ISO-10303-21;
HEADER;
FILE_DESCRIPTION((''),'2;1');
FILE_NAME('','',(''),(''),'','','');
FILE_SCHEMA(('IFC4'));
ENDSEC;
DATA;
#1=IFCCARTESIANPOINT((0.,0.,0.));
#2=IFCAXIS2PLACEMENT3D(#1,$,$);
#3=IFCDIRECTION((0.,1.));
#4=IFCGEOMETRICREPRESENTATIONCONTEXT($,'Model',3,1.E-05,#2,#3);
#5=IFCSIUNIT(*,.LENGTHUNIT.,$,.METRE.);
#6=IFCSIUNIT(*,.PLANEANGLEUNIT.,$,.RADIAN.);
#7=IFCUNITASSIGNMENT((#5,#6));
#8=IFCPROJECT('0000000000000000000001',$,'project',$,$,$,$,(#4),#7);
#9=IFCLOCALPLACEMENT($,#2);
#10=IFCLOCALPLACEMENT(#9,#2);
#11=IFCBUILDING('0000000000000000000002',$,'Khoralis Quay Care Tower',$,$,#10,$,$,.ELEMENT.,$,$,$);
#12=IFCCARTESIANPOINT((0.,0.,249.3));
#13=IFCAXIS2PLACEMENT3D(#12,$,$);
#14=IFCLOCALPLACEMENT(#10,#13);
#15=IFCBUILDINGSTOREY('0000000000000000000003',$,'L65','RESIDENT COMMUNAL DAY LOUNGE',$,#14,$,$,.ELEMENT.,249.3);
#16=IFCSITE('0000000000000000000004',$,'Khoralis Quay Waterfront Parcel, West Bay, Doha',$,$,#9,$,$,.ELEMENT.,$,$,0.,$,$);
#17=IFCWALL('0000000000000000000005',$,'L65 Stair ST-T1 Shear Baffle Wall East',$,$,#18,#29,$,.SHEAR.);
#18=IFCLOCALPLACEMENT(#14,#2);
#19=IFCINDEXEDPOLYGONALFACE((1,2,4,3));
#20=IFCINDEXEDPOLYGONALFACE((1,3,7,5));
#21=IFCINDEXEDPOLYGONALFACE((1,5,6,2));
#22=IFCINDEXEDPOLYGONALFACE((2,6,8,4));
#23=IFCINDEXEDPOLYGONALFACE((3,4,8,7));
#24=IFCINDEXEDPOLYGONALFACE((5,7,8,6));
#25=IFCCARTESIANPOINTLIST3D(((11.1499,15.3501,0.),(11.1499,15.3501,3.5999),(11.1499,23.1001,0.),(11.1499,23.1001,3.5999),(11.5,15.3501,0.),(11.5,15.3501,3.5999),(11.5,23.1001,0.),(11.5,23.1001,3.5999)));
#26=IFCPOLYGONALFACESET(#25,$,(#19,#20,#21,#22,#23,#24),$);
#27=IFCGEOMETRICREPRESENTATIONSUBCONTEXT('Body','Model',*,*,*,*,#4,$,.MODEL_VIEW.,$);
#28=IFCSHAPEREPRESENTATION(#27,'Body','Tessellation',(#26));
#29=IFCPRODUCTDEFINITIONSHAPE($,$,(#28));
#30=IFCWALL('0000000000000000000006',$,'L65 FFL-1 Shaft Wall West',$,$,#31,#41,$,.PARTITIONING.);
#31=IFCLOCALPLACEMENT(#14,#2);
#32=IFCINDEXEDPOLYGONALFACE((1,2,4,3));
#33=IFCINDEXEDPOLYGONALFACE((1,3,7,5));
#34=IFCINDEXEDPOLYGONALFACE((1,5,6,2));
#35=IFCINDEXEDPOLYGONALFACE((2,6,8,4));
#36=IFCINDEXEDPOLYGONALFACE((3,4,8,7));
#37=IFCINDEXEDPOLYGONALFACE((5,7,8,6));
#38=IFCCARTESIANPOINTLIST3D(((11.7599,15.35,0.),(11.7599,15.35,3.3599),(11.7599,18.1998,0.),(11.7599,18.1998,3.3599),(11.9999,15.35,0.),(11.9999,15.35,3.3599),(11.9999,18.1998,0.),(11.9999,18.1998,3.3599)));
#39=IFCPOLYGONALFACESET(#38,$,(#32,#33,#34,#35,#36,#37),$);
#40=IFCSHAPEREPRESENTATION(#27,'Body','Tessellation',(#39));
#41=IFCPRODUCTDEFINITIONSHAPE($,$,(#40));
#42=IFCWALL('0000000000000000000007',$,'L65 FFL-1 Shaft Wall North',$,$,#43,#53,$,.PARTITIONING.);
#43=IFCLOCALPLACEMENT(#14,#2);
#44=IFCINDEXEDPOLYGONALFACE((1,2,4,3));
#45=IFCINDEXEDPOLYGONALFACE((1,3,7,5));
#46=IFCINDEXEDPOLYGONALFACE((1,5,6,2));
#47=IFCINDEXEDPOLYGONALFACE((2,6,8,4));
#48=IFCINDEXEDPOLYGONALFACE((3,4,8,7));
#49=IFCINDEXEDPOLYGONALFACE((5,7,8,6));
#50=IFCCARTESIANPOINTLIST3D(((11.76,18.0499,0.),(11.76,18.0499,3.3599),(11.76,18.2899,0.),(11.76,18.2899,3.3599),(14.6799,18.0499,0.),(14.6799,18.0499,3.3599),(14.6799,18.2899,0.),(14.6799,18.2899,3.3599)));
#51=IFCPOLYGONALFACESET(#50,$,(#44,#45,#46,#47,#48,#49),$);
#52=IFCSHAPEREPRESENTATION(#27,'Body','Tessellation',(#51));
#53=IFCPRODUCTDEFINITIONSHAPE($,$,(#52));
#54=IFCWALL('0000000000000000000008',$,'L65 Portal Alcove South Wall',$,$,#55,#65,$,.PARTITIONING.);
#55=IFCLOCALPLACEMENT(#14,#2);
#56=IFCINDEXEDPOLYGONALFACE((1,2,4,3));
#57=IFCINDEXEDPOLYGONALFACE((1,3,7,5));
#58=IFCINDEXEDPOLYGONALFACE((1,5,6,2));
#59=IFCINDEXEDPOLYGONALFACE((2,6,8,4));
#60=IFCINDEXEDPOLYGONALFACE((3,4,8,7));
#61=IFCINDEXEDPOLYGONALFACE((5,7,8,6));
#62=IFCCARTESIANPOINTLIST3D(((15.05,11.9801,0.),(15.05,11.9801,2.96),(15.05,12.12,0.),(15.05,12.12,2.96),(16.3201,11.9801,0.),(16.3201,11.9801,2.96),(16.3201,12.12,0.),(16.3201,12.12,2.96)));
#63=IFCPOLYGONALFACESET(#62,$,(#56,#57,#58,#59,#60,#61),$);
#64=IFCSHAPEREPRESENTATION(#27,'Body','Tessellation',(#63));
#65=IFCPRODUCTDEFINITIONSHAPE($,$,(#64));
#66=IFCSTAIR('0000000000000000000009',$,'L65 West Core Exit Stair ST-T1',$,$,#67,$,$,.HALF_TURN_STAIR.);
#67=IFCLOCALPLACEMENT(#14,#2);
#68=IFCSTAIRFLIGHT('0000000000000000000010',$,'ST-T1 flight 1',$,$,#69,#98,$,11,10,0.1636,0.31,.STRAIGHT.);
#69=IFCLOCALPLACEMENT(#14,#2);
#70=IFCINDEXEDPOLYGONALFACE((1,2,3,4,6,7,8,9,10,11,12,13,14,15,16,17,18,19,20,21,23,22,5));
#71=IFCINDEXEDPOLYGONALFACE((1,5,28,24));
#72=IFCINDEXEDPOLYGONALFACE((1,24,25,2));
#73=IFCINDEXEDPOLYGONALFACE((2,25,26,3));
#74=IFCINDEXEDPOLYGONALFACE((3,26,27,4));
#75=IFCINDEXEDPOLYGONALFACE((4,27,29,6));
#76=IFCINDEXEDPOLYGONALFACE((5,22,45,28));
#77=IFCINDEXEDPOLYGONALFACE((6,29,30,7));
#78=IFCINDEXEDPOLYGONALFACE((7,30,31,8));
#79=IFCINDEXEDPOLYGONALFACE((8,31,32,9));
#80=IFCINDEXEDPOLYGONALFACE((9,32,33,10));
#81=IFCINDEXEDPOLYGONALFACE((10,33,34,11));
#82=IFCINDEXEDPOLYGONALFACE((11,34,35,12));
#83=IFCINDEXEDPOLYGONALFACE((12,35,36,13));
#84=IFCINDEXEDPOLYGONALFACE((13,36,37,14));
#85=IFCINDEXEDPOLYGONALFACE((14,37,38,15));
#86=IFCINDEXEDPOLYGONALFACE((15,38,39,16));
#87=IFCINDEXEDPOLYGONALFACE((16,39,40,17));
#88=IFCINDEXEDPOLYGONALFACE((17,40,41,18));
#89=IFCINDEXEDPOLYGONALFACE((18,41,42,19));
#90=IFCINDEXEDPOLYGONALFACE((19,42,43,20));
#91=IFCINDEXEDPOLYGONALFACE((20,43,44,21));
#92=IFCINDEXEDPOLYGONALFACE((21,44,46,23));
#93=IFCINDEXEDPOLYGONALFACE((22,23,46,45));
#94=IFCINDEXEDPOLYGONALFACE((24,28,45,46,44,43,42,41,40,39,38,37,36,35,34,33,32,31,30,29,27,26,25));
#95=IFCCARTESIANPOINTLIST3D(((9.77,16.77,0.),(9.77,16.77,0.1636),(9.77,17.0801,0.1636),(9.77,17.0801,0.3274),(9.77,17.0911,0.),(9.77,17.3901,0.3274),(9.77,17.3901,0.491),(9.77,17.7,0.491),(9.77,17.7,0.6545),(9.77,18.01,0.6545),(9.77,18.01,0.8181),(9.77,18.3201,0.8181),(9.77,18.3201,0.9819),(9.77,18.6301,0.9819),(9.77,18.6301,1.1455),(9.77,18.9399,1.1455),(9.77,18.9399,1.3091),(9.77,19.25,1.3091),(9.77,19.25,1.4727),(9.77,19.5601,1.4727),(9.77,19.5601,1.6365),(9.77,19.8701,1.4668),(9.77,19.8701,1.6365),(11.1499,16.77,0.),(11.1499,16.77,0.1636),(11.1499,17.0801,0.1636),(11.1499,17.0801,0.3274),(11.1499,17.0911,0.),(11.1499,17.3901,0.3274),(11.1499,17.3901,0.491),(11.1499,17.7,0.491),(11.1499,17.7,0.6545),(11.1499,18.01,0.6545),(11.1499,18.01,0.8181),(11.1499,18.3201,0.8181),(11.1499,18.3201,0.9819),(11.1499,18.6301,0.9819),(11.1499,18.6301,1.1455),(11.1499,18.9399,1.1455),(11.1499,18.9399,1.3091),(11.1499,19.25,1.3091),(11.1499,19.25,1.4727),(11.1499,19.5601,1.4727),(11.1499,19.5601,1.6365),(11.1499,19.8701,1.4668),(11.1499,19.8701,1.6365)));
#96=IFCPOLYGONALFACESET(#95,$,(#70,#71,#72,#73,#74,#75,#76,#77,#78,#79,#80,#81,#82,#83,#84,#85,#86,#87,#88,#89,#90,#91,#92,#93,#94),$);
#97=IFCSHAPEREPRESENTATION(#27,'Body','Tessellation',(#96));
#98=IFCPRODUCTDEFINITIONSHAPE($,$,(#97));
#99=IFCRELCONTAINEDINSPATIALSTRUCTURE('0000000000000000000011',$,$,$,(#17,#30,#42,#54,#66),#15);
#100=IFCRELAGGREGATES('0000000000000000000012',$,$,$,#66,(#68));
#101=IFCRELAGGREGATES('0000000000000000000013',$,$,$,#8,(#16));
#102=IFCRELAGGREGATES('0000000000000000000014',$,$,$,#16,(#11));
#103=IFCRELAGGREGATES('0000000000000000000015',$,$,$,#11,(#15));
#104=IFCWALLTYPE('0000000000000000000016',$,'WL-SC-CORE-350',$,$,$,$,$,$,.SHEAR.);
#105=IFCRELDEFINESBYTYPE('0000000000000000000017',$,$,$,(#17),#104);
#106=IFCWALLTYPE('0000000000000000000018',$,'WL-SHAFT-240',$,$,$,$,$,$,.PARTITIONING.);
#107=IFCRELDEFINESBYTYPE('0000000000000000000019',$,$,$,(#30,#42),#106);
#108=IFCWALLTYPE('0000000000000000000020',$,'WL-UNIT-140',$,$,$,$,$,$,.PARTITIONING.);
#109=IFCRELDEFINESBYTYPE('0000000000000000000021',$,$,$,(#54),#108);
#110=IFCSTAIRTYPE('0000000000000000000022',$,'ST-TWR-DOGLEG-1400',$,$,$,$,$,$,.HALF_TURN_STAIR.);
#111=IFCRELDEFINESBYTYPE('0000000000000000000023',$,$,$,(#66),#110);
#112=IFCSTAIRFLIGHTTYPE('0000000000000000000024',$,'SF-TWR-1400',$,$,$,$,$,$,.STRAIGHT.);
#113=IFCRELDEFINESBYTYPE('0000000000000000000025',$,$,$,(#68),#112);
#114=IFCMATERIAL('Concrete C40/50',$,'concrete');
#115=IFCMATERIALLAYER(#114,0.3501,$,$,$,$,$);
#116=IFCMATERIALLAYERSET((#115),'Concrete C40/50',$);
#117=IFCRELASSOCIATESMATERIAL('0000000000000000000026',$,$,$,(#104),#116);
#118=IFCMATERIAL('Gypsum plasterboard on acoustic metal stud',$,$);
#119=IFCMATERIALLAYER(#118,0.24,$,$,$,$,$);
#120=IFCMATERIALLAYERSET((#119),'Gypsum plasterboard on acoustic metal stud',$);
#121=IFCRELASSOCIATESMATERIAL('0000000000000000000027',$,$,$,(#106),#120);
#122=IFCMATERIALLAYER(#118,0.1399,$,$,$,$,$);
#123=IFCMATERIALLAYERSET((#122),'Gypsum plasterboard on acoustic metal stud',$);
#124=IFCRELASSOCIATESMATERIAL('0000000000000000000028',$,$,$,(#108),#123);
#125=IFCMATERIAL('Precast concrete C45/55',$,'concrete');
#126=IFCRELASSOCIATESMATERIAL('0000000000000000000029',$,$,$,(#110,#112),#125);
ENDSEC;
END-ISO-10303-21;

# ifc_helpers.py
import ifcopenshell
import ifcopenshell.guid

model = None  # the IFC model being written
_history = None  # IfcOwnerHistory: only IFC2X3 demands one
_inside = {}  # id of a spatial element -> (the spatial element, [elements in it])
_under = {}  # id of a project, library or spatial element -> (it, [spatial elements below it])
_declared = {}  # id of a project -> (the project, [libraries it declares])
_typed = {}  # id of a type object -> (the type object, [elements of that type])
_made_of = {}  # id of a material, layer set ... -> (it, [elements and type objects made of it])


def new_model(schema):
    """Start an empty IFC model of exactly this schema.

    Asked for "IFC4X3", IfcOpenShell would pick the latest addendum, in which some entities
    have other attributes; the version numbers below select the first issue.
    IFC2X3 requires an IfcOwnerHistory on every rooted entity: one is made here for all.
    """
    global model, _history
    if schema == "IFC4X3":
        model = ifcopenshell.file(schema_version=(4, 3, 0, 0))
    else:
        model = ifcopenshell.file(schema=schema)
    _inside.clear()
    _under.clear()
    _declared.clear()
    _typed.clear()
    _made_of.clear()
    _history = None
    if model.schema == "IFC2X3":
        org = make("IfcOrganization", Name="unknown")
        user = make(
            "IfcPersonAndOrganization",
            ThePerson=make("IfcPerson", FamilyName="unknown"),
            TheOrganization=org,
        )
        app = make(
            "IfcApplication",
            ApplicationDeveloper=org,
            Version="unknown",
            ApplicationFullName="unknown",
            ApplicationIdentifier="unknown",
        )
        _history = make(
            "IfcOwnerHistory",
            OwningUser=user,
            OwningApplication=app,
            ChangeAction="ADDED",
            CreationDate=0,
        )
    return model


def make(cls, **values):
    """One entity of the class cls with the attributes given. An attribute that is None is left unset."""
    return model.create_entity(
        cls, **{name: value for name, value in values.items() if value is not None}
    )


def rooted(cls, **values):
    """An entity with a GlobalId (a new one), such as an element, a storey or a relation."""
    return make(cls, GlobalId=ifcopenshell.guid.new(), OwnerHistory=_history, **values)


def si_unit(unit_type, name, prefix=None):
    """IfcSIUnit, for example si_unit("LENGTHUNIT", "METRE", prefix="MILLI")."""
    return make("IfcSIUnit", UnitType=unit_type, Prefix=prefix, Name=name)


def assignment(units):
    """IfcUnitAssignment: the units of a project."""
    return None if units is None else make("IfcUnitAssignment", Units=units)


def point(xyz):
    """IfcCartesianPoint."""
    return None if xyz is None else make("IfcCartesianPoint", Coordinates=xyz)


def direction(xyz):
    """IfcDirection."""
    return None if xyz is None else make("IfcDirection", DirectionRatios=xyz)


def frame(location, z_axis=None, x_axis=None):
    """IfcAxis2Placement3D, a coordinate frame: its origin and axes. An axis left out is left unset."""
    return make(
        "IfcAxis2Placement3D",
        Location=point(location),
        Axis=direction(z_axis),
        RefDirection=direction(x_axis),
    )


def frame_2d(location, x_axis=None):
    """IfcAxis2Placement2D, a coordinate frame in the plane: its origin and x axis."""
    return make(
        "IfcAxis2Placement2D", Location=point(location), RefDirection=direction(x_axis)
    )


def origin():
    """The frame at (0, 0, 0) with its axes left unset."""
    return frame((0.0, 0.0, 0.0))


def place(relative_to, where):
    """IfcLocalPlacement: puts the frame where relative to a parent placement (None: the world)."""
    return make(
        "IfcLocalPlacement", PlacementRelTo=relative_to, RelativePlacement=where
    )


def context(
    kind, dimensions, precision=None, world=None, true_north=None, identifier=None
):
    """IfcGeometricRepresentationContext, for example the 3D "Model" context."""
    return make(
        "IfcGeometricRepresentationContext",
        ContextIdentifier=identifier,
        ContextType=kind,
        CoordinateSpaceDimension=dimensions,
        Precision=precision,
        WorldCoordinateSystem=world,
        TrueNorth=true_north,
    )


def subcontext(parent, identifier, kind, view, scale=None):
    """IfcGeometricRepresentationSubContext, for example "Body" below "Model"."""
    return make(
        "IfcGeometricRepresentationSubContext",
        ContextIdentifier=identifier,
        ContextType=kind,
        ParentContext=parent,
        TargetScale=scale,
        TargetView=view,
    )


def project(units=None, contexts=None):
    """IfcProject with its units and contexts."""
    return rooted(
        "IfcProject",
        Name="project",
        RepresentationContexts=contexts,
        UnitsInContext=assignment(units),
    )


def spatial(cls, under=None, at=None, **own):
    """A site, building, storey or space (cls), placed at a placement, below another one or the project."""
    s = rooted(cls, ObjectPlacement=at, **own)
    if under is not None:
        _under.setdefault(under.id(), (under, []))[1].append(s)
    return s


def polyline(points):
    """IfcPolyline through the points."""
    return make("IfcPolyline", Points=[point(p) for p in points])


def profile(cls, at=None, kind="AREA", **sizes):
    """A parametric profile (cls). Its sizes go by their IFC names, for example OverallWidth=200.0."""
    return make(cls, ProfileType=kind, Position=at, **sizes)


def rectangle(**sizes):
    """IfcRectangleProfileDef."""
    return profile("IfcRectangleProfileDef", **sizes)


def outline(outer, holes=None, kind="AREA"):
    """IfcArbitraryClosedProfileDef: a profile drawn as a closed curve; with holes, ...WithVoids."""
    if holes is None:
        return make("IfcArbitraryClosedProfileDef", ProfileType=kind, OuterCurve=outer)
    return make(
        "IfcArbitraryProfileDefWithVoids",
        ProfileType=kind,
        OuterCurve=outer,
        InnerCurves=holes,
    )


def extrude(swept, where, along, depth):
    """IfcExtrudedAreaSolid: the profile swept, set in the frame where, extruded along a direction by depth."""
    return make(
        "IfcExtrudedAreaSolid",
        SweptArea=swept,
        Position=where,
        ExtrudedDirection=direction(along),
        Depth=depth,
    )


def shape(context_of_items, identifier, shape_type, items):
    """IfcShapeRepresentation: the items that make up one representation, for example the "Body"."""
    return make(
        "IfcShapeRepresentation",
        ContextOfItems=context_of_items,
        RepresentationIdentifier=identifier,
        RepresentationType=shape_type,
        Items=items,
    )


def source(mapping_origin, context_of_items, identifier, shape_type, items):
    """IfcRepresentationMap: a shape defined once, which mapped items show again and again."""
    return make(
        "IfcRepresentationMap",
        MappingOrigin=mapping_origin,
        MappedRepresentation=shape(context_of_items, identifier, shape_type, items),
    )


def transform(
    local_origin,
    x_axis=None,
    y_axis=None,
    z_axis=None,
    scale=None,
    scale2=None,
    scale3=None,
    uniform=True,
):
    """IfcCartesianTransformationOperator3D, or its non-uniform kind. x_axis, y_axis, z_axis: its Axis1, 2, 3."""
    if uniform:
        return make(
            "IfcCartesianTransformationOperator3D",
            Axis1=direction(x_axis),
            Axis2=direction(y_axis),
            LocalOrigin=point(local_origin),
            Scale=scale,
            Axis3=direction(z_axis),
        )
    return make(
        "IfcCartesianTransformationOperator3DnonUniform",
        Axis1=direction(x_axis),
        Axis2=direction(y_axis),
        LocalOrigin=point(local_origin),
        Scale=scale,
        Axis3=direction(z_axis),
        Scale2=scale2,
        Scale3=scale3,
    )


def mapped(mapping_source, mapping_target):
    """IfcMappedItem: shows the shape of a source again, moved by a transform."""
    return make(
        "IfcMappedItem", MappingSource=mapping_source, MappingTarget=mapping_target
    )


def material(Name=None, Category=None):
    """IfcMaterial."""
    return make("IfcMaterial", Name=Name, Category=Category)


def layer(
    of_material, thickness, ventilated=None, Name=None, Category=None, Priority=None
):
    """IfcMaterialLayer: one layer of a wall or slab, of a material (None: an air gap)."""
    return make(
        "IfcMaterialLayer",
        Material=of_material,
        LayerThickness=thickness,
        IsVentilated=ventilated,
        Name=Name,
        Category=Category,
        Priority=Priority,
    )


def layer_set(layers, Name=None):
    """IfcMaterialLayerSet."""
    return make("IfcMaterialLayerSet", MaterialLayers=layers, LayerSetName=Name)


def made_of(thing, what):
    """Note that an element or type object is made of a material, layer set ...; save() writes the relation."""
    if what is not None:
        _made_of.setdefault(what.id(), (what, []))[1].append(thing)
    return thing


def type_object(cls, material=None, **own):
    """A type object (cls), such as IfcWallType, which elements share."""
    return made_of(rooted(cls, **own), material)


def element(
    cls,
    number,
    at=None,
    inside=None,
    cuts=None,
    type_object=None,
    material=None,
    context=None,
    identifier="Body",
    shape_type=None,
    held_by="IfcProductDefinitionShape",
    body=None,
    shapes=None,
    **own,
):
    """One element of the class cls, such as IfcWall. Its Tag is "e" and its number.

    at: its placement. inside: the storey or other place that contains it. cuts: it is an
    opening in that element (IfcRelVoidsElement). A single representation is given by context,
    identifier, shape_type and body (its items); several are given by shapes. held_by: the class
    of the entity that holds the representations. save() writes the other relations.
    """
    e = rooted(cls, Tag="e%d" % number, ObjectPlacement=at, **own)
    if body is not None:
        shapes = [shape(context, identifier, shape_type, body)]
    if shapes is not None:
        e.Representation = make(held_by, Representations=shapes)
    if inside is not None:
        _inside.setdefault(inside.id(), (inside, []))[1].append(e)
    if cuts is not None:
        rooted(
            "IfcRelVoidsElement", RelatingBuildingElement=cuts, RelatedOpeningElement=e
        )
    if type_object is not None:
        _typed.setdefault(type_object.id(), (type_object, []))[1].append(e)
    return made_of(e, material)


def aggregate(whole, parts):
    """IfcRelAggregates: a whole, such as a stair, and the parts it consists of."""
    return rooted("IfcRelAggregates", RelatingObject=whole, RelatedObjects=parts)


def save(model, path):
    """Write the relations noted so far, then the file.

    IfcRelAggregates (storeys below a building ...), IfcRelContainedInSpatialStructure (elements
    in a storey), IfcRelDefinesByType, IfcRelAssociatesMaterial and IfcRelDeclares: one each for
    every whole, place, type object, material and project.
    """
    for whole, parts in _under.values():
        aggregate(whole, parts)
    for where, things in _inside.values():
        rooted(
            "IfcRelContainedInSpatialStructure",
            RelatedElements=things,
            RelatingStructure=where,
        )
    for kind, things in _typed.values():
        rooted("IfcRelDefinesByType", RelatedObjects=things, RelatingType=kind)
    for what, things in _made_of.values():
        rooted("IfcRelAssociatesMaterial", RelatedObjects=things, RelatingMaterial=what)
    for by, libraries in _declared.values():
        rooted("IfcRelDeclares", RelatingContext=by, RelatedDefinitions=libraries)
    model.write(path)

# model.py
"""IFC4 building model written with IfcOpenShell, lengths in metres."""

from ifc_helpers import new_model, si_unit, direction, frame, frame_2d, origin, place, context, subcontext, project, spatial, polyline, rectangle, outline, extrude, source, transform, mapped, material, layer, layer_set, type_object, element, aggregate, save


model = new_model("IFC4")

# Units and contexts
model_context = context("Model", 3, precision=1e-05, world=origin(), true_north=direction((0.0, 1.0)))
body_context = subcontext(model_context, "Body", "Model", "MODEL_VIEW")
ifc_project = project(units=[si_unit("LENGTHUNIT", "METRE"), si_unit("PLANEANGLEUNIT", "RADIAN")], contexts=[model_context])

# Site, building, storey
site_placement = place(None, origin())
site = spatial("IfcSite", under=ifc_project, at=site_placement, Name="Khoralis Quay Waterfront Parcel, West Bay, Doha", CompositionType="ELEMENT", RefElevation=0.0)
building_placement = place(site_placement, origin())
building = spatial("IfcBuilding", under=site, at=building_placement, Name="Khoralis Quay Care Tower", CompositionType="ELEMENT")
storey_placement = place(building_placement, frame((0.0, 0.0, 249.3)))
storey = spatial("IfcBuildingStorey", under=building, at=storey_placement, Name="L65", Description="RESIDENT COMMUNAL DAY LOUNGE", CompositionType="ELEMENT", Elevation=249.3)

# Shared definitions
ifc_material_1 = material(Name="Gypsum plasterboard on acoustic metal stud")

# Walls
ifc_material_2 = material(Name="Precast concrete C45/55", Category="concrete")
ifc_material_3 = material(Name="Concrete C40/50", Category="concrete")
ifc_layer_1 = layer(ifc_material_3, 0.3501)
ifc_layer_set_1 = layer_set([ifc_layer_1], Name="Concrete C40/50")
wall_type_1 = type_object("IfcWallType", Name="WL-SC-CORE-350", PredefinedType="SHEAR", material=ifc_layer_set_1)
wall_1_placement = place(storey_placement, frame((11.325, 15.3501, 0.0), z_axis=(0.0, 0.0, 1.0), x_axis=(0.0, 1.0, 0.0)))
element("IfcWall", 1, at=wall_1_placement, inside=storey, type_object=wall_type_1, Name="L65 Stair ST-T1 Shear Baffle Wall East", PredefinedType="SHEAR", context=body_context, shape_type="SweptSolid", body=[
    extrude(rectangle(XDim=7.75, YDim=0.3501, at=frame_2d((3.875, 0.0))), origin(), (0.0, 0.0, 1.0), 3.5999),
])
ifc_layer_2 = layer(ifc_material_1, 0.24)
ifc_layer_set_2 = layer_set([ifc_layer_2], Name="Gypsum plasterboard on acoustic metal stud")
wall_type_2 = type_object("IfcWallType", Name="WL-SHAFT-240", PredefinedType="PARTITIONING", material=ifc_layer_set_2)
wall_2_placement = place(storey_placement, frame((11.8799, 15.3501, 0.0), z_axis=(0.0, 0.0, 1.0), x_axis=(0.0, 1.0, 0.0)))
element("IfcWall", 2, at=wall_2_placement, inside=storey, type_object=wall_type_2, Name="L65 FFL-1 Shaft Wall West", PredefinedType="PARTITIONING", context=body_context, shape_type="SweptSolid", body=[
    extrude(rectangle(XDim=2.8499, YDim=0.24, at=frame_2d((1.4248, 0.0))), origin(), (0.0, 0.0, 1.0), 3.3599),
])
wall_3_placement = place(storey_placement, frame((11.76, 18.1699, 0.0), z_axis=(0.0, 0.0, 1.0), x_axis=(1.0, 0.0, 0.0)))
element("IfcWall", 3, at=wall_3_placement, inside=storey, type_object=wall_type_2, Name="L65 FFL-1 Shaft Wall North", PredefinedType="PARTITIONING", context=body_context, shape_type="SweptSolid", body=[
    extrude(rectangle(XDim=2.9199, YDim=0.24, at=frame_2d((1.46, 0.0))), origin(), (0.0, 0.0, 1.0), 3.3599),
])
ifc_layer_3 = layer(ifc_material_1, 0.1399)
ifc_layer_set_3 = layer_set([ifc_layer_3], Name="Gypsum plasterboard on acoustic metal stud")
wall_type_3 = type_object("IfcWallType", Name="WL-UNIT-140", PredefinedType="PARTITIONING", material=ifc_layer_set_3)
wall_4_placement = place(storey_placement, frame((15.05, 12.05, 0.0), z_axis=(0.0, 0.0, 1.0), x_axis=(1.0, 0.0, 0.0)))
element("IfcWall", 4, at=wall_4_placement, inside=storey, type_object=wall_type_3, Name="L65 Portal Alcove South Wall", PredefinedType="PARTITIONING", context=body_context, shape_type="SweptSolid", body=[
    extrude(rectangle(XDim=1.27, YDim=0.1399, at=frame_2d((0.635, 0.0))), origin(), (0.0, 0.0, 1.0), 2.96),
])

# Stair, stair flight
stair_type = type_object("IfcStairType", Name="ST-TWR-DOGLEG-1400", PredefinedType="HALF_TURN_STAIR", material=ifc_material_2)
stair_placement = place(storey_placement, origin())
stair = element("IfcStair", 5, at=stair_placement, inside=storey, type_object=stair_type, Name="L65 West Core Exit Stair ST-T1", PredefinedType="HALF_TURN_STAIR")
stair_flight_type = type_object("IfcStairFlightType", Name="SF-TWR-1400", PredefinedType="STRAIGHT", material=ifc_material_2)
shared_shape_1 = source(origin(), body_context, "Body", "SweptSolid", [
    extrude(outline(polyline([(0.0, 0.0), (0.0, 0.1636), (0.3101, 0.1636), (0.3101, 0.3274), (0.6201, 0.3274), (0.6201, 0.491), (0.9299, 0.491), (0.9299, 0.6545), (1.24, 0.6545), (1.24, 0.8181), (1.55, 0.8181), (1.55, 0.9819), (1.8601, 0.9819), (1.8601, 1.1455), (2.1699, 1.1455), (2.1699, 1.3091), (2.48, 1.3091), (2.48, 1.4727), (2.79, 1.4727), (2.79, 1.6365), (3.1001, 1.6365), (3.1001, 1.8), (3.1001, 1.4668), (0.321, 0.0), (0.0, 0.0)])), frame((0.0, 0.6899, 0.0), z_axis=(0.0, -1.0, 0.0), x_axis=(1.0, 0.0, 0.0)), (0.0, 0.0, 1.0), 1.3799),
])
stair_flight_placement = place(storey_placement, frame((10.46, 16.77, 0.0), z_axis=(0.0, 0.0, 1.0), x_axis=(0.0, 1.0, 0.0)))
stair_flight = element("IfcStairFlight", 6, at=stair_flight_placement, type_object=stair_flight_type, Name="ST-T1 flight 1", NumberOfRisers=11, NumberOfTreads=10, PredefinedType="STRAIGHT", RiserHeight=0.1636, TreadLength=0.31, context=body_context, shape_type="MappedRepresentation", body=[
    mapped(shared_shape_1, transform((0.0, 0.0, 0.0), scale=1.0)),
])
aggregate(stair, [stair_flight])

save(model, "model.ifc")
